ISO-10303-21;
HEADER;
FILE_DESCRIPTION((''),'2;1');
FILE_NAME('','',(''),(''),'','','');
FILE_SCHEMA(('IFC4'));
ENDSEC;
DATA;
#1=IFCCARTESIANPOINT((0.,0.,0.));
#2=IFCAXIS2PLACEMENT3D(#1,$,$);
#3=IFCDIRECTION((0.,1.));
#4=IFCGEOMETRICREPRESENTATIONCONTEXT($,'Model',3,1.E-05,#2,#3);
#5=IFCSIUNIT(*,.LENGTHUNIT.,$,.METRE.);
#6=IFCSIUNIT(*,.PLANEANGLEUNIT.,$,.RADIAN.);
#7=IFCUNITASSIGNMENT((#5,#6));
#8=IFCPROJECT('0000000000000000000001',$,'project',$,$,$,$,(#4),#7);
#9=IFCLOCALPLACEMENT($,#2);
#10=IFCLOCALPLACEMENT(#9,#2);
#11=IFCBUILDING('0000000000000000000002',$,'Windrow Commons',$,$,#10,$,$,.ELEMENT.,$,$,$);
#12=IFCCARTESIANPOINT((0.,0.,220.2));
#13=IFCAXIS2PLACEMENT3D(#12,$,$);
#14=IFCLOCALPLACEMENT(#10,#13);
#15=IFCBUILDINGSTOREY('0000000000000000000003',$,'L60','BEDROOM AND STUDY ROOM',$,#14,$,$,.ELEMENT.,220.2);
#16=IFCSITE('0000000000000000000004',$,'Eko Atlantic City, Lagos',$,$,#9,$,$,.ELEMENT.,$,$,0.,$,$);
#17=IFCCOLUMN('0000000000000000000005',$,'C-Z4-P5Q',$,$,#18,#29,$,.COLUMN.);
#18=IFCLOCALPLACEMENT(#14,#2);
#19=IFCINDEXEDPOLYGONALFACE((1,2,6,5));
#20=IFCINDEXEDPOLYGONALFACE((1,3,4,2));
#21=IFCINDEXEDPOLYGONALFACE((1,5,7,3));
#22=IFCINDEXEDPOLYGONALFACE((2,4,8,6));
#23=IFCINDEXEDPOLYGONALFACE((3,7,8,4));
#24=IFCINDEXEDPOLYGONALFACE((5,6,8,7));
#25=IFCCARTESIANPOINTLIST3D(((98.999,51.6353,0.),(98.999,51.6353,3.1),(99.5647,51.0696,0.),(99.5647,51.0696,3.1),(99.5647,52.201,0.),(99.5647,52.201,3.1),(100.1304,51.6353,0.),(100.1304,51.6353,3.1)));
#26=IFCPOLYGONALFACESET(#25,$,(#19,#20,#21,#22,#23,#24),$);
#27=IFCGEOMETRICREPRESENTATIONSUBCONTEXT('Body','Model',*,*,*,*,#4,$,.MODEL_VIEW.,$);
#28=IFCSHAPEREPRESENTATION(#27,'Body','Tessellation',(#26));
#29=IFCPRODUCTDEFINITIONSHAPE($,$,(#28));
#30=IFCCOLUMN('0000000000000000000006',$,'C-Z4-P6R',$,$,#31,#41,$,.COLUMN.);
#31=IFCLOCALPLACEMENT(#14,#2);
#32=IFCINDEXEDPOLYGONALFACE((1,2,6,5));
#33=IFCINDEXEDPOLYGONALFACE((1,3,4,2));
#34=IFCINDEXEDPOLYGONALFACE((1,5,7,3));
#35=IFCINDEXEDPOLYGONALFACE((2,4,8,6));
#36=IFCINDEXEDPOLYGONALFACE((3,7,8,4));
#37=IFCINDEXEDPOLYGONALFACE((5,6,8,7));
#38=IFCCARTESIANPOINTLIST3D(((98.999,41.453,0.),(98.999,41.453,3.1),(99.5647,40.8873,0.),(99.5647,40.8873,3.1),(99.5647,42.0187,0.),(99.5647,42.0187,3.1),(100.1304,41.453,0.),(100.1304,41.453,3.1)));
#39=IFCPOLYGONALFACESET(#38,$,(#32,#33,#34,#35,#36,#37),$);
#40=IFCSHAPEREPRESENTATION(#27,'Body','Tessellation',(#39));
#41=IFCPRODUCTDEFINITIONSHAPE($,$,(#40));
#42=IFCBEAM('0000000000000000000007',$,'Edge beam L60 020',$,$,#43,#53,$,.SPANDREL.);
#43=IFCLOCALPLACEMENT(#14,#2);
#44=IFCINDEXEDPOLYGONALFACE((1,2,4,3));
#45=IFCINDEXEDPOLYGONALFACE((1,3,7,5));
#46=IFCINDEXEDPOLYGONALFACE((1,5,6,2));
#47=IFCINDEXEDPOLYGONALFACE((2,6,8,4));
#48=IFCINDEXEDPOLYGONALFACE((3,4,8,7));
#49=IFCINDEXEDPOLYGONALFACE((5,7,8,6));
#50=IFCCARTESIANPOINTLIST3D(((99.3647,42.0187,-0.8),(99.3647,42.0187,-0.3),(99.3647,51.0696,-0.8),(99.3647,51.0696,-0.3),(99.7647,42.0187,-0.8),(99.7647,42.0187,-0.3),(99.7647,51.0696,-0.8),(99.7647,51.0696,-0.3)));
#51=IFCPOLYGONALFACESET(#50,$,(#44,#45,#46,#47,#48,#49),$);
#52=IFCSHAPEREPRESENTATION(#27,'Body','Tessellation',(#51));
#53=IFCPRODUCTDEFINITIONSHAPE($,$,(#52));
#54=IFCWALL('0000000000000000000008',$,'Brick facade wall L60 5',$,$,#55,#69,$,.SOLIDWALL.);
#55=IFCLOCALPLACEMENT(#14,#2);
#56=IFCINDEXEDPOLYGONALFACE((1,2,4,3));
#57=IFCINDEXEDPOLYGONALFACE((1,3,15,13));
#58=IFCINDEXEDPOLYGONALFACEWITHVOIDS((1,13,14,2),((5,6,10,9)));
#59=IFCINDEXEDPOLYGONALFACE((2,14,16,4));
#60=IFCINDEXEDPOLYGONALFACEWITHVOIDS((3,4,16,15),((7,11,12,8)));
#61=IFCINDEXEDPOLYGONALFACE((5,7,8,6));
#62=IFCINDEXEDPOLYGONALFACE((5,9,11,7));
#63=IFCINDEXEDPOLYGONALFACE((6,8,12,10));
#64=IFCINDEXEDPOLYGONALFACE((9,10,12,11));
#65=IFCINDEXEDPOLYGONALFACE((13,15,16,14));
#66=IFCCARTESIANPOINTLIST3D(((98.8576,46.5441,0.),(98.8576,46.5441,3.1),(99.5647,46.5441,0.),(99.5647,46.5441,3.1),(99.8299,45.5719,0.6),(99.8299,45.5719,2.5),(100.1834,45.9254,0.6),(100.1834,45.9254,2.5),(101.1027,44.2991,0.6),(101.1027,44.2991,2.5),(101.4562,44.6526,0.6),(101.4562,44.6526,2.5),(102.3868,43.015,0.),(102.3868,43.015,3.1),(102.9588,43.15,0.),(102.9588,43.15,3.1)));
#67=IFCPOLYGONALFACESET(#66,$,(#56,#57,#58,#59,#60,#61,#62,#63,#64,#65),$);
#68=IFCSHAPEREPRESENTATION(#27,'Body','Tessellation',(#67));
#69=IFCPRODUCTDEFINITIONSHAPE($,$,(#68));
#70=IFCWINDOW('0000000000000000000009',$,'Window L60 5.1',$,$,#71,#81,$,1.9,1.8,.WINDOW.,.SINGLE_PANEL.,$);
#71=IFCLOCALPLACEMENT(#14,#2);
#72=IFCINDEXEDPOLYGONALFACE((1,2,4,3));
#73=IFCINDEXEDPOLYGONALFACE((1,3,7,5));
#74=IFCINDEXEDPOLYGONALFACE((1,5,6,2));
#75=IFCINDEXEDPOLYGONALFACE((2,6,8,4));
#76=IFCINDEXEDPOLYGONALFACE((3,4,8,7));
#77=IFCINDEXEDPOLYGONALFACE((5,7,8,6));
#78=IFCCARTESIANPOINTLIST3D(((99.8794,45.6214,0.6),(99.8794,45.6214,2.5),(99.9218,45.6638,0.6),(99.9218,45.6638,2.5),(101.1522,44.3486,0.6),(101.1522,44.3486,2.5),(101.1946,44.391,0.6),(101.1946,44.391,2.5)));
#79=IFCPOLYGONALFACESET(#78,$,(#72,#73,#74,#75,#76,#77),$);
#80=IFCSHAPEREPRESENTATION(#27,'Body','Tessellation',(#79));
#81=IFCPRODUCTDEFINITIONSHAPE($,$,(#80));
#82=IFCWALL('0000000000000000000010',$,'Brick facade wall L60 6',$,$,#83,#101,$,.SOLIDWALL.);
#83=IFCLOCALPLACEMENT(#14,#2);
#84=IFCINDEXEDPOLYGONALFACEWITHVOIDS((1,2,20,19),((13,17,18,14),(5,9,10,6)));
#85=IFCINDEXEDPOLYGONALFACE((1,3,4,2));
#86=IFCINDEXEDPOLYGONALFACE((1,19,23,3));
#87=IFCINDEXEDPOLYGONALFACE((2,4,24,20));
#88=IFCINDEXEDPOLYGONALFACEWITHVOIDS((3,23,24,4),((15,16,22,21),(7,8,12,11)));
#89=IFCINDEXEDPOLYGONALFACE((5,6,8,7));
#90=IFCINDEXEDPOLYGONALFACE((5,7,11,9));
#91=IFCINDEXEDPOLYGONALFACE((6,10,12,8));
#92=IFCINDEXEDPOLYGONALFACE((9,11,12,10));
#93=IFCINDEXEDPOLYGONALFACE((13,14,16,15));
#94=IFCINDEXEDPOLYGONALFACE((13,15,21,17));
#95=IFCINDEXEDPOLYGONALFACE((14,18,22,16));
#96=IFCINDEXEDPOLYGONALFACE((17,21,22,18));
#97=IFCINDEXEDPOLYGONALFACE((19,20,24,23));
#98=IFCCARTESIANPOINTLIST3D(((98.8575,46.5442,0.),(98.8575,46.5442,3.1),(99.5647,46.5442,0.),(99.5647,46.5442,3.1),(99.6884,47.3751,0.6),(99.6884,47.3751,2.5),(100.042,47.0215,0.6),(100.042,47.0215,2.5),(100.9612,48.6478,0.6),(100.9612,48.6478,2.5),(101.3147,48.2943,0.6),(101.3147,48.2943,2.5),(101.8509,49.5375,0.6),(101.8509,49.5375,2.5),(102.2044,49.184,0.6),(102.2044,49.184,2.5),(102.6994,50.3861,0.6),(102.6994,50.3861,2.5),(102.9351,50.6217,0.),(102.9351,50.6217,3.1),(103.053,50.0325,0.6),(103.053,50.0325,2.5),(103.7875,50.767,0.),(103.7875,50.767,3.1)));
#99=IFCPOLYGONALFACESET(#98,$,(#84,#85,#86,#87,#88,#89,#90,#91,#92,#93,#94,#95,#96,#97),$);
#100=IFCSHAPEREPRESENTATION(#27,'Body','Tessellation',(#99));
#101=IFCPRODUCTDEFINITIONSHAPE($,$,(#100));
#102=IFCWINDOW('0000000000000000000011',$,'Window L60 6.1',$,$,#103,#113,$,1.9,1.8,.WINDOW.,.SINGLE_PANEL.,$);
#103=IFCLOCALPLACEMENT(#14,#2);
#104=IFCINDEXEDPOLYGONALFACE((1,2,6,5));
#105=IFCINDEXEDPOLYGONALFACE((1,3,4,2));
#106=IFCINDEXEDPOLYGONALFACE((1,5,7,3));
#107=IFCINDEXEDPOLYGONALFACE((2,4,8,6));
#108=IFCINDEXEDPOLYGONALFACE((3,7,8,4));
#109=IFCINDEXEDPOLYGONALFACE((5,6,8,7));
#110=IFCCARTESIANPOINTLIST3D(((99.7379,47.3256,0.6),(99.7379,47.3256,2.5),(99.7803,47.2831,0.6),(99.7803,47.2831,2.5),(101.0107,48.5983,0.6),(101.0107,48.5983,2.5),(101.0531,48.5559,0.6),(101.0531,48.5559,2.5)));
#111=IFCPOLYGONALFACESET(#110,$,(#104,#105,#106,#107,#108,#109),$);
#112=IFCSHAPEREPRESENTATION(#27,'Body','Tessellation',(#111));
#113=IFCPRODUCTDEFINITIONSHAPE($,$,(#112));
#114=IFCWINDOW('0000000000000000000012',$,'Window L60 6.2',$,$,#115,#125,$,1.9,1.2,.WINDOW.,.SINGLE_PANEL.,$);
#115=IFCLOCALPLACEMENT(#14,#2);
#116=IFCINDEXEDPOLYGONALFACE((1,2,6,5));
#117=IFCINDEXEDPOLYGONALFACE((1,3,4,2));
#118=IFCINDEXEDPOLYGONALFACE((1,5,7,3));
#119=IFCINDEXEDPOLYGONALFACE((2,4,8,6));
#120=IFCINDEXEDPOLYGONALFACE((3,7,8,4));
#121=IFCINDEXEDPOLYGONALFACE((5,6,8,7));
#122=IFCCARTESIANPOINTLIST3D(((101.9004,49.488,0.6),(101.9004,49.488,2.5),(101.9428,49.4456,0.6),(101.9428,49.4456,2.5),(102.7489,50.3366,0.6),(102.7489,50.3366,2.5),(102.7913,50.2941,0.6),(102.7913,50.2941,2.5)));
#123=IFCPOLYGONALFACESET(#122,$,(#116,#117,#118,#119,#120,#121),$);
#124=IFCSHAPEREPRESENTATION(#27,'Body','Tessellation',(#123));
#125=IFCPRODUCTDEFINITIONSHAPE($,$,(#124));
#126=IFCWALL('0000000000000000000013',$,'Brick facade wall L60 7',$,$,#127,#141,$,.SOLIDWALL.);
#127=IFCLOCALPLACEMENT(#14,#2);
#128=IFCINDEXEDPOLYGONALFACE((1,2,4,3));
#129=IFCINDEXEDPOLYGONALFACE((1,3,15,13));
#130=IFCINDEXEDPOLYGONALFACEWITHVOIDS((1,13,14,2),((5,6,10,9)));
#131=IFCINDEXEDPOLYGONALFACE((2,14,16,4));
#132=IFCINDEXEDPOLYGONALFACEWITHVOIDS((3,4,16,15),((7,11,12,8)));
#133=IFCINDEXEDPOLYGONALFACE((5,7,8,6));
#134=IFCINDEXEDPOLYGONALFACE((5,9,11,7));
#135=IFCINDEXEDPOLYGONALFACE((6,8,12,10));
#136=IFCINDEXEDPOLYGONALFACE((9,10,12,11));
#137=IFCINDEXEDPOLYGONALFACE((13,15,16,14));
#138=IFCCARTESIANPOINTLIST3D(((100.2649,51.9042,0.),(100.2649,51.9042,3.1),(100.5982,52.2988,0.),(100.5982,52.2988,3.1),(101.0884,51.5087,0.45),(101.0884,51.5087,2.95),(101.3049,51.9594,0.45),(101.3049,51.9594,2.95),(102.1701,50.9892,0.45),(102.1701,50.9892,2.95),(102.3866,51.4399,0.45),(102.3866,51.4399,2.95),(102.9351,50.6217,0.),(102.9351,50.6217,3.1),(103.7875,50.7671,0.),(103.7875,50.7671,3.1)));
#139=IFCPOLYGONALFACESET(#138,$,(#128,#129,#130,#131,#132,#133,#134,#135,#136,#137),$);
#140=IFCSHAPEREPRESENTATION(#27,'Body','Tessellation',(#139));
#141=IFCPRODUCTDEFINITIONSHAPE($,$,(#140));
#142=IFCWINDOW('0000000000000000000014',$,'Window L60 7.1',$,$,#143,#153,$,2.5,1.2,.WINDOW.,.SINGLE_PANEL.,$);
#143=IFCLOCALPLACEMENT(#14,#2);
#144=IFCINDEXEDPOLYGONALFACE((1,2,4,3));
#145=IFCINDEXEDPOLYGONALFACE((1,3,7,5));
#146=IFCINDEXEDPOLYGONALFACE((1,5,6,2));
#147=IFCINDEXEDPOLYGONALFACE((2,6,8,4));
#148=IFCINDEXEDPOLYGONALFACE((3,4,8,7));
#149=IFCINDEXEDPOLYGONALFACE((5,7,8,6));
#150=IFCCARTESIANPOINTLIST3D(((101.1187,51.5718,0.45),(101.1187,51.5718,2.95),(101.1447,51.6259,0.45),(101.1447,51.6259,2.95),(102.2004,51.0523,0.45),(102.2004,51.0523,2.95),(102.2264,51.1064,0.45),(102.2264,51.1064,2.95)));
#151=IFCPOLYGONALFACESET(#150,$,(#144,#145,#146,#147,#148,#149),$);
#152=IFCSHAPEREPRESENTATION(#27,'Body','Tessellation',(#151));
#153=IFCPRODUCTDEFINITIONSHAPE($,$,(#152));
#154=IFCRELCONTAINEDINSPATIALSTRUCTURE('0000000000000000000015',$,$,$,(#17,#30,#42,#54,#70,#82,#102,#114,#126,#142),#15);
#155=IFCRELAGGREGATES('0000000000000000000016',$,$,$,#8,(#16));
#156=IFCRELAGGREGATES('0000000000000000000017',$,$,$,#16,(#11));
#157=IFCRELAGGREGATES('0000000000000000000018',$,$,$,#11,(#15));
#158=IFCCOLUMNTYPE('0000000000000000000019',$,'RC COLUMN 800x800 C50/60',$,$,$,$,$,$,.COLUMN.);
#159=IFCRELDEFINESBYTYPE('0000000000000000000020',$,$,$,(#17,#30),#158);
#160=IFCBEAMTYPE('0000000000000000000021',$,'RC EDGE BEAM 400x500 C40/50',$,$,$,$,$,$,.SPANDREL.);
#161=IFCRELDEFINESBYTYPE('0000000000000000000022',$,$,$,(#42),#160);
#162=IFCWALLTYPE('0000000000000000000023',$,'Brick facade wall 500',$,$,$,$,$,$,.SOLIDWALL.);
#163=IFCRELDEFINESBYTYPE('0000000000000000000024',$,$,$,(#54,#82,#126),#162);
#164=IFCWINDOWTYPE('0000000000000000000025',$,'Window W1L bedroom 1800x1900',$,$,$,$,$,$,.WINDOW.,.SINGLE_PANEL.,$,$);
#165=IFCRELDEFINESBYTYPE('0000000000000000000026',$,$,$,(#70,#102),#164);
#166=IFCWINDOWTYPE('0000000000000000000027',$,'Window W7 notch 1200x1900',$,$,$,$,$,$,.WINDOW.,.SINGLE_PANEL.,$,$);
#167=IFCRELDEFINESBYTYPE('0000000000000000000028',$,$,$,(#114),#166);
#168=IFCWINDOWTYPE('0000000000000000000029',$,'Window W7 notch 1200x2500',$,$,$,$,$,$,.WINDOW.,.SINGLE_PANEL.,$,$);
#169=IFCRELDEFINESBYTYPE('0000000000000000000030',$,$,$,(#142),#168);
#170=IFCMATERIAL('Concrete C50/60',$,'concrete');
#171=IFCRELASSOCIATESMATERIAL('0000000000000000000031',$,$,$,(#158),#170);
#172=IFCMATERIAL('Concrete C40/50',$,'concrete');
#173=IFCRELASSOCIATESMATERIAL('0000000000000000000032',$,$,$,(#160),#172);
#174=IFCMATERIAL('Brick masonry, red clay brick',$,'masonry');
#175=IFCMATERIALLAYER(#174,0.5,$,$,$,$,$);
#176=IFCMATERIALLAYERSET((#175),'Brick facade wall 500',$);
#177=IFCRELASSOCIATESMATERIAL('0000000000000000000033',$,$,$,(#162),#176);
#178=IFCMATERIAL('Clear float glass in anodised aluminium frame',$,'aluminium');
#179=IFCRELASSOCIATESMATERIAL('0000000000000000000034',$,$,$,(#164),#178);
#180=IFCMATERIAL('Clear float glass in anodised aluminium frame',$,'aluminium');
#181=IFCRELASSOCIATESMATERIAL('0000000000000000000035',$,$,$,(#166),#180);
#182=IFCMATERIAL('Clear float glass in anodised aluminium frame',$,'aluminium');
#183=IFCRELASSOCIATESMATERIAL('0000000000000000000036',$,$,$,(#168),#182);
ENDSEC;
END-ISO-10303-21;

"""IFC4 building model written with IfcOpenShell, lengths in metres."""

from ifc_helpers import new_model, si_unit, direction, frame, frame_2d, origin, origin_2d, place, context, subcontext, project, spatial, polyline, rectangle, outline, extrude, material, layer, layer_set, material_profile, profile_set, type_object, element, fill, save


model = new_model("IFC4")

# Units and contexts
model_context = context("Model", 3, precision=1e-05, world=origin(), true_north=direction((0.0, 1.0)))
body_context = subcontext(model_context, "Body", "Model", "MODEL_VIEW")
ifc_project = project(units=[si_unit("LENGTHUNIT", "METRE"), si_unit("PLANEANGLEUNIT", "RADIAN")], contexts=[model_context])

# Site, building, storey
site_placement = place(None, origin())
site = spatial("IfcSite", under=ifc_project, at=site_placement, Name="Eko Atlantic City, Lagos", CompositionType="ELEMENT", RefElevation=0.0)
building_placement = place(site_placement, origin())
building = spatial("IfcBuilding", under=site, at=building_placement, Name="Windrow Commons", CompositionType="ELEMENT")
storey_placement = place(building_placement, frame((0.0, 0.0, 220.2)))
storey = spatial("IfcBuildingStorey", under=building, at=storey_placement, Name="L60", Description="BEDROOM AND STUDY ROOM", CompositionType="ELEMENT", Elevation=220.2)

# Columns
ifc_material_1 = material(Name="Concrete C50/60", Category="concrete")
ifc_material_profile_1 = material_profile(ifc_material_1, rectangle(XDim=0.8, YDim=0.8, at=origin_2d()))
ifc_profile_set_1 = profile_set([ifc_material_profile_1], Name="Concrete C50/60")
column_type = type_object("IfcColumnType", Name="RC COLUMN 800x800 C50/60", PredefinedType="COLUMN", material=ifc_profile_set_1)
for number, where, z_axis, x_axis, name in (
    (1, (99.5647, 51.6353, 0.0), (0.0, 0.0, 1.0), (0.707107, -0.707107, 0.0), "C-Z4-P5Q"),
    (2, (99.5647, 41.453, 0.0), (0.0, 0.0, 1.0), (0.707107, -0.707107, 0.0), "C-Z4-P6R"),
):
    element("IfcColumn", number, at=place(storey_placement, frame(where, z_axis=z_axis, x_axis=x_axis)), inside=storey, type_object=column_type, Name=name, PredefinedType="COLUMN", context=body_context, shape_type="SweptSolid", body=[
        extrude(rectangle(XDim=0.8, YDim=0.8, at=origin_2d()), origin(), (0.0, 0.0, 1.0), 3.1),
    ])

# Beam
ifc_material_2 = material(Name="Concrete C40/50", Category="concrete")
ifc_material_profile_2 = material_profile(ifc_material_2, rectangle(XDim=0.4, YDim=0.5, at=origin_2d()))
ifc_profile_set_2 = profile_set([ifc_material_profile_2], Name="Concrete C40/50")
beam_type = type_object("IfcBeamType", Name="RC EDGE BEAM 400x500 C40/50", PredefinedType="SPANDREL", material=ifc_profile_set_2)
beam_placement = place(storey_placement, frame((99.5647, 51.0696, -0.55), z_axis=(0.0, -1.0, 0.0), x_axis=(1.0, 0.0, 0.0)))
element("IfcBeam", 3, at=beam_placement, inside=storey, type_object=beam_type, Name="Edge beam L60 020", PredefinedType="SPANDREL", context=body_context, shape_type="SweptSolid", body=[
    extrude(rectangle(XDim=0.4, YDim=0.5, at=origin_2d()), origin(), (0.0, 0.0, 1.0), 9.0509),
])

# Wall, opening, window
ifc_material_3 = material(Name="Brick masonry, red clay brick", Category="masonry")
ifc_layer_1 = layer(ifc_material_3, 0.5)
ifc_layer_set_1 = layer_set([ifc_layer_1], Name="Brick facade wall 500")
wall_type_1 = type_object("IfcWallType", Name="Brick facade wall 500", PredefinedType="SOLIDWALL", material=ifc_layer_set_1)
wall_1_placement = place(storey_placement, frame((102.6728, 43.0825, 0.0), z_axis=(0.0, 0.0, 1.0), x_axis=(-0.707107, 0.707107, 0.0)))
wall_1 = element("IfcWall", 4, at=wall_1_placement, inside=storey, type_object=wall_type_1, Name="Brick facade wall L60 5", PredefinedType="SOLIDWALL", context=body_context, shape_type="SweptSolid", body=[
    extrude(outline(polyline([(-0.1545, -0.25), (4.6455, -0.25), (5.1455, 0.25), (0.1545, 0.25), (-0.1545, -0.25)])), origin(), (0.0, 0.0, 1.0), 3.1),
])
opening_1_placement = place(wall_1_placement, frame((1.9705, 0.0, 0.6)))
opening_1 = element("IfcOpeningElement", 5, at=opening_1_placement, cuts=wall_1, PredefinedType="OPENING", context=body_context, shape_type="SweptSolid", body=[
    extrude(rectangle(XDim=1.8, YDim=1.9, at=frame_2d((0.9, 0.95))), frame((0.0, 0.26, 0.0), z_axis=(0.0, -1.0, 0.0), x_axis=(1.0, 0.0, 0.0)), (0.0, 0.0, 1.0), 0.52),
])
ifc_material_4 = material(Name="Clear float glass in anodised aluminium frame", Category="aluminium")
window_type_1 = type_object("IfcWindowType", Name="Window W1L bedroom 1800x1900", PartitioningType="SINGLE_PANEL", PredefinedType="WINDOW", material=ifc_material_4)
window_1_placement = place(opening_1_placement, origin())
window_1 = element("IfcWindow", 6, at=window_1_placement, inside=storey, type_object=window_type_1, Name="Window L60 5.1", OverallHeight=1.9, OverallWidth=1.8, PartitioningType="SINGLE_PANEL", PredefinedType="WINDOW", context=body_context, shape_type="SweptSolid", body=[
    extrude(rectangle(XDim=1.8, YDim=1.9, at=frame_2d((0.9, 0.95))), frame((0.0, 0.18, 0.0), z_axis=(0.0, -1.0, 0.0), x_axis=(1.0, 0.0, 0.0)), (0.0, 0.0, 1.0), 0.06),
])
fill(opening_1, window_1)

# Wall, openings, windows
wall_2_placement = place(storey_placement, frame((99.2111, 46.5442, 0.0), z_axis=(0.0, 0.0, 1.0), x_axis=(0.707107, 0.707107, 0.0)))
wall_2 = element("IfcWall", 7, at=wall_2_placement, inside=storey, type_object=wall_type_1, Name="Brick facade wall L60 6", PredefinedType="SOLIDWALL", context=body_context, shape_type="SweptSolid", body=[
    extrude(outline(polyline([(0.25, -0.25), (6.222, -0.25), (5.5165, 0.25), (-0.25, 0.25), (0.25, -0.25)])), origin(), (0.0, 0.0, 1.0), 3.1),
])
opening_2_placement = place(wall_2_placement, frame((0.925, 0.0, 0.6)))
opening_2 = element("IfcOpeningElement", 8, at=opening_2_placement, cuts=wall_2, PredefinedType="OPENING", context=body_context, shape_type="SweptSolid", body=[
    extrude(rectangle(XDim=1.8, YDim=1.9, at=frame_2d((0.9, 0.95))), frame((0.0, 0.26, 0.0), z_axis=(0.0, -1.0, 0.0), x_axis=(1.0, 0.0, 0.0)), (0.0, 0.0, 1.0), 0.52),
])
opening_3_placement = place(wall_2_placement, frame((3.9832, 0.0, 0.6)))
opening_3 = element("IfcOpeningElement", 9, at=opening_3_placement, cuts=wall_2, PredefinedType="OPENING", context=body_context, shape_type="SweptSolid", body=[
    extrude(rectangle(XDim=1.2, YDim=1.9, at=frame_2d((0.6, 0.95))), frame((0.0, 0.26, 0.0), z_axis=(0.0, -1.0, 0.0), x_axis=(1.0, 0.0, 0.0)), (0.0, 0.0, 1.0), 0.52),
])
window_2_placement = place(opening_2_placement, origin())
window_2 = element("IfcWindow", 10, at=window_2_placement, inside=storey, type_object=window_type_1, Name="Window L60 6.1", OverallHeight=1.9, OverallWidth=1.8, PartitioningType="SINGLE_PANEL", PredefinedType="WINDOW", context=body_context, shape_type="SweptSolid", body=[
    extrude(rectangle(XDim=1.8, YDim=1.9, at=frame_2d((0.9, 0.95))), frame((0.0, 0.18, 0.0), z_axis=(0.0, -1.0, 0.0), x_axis=(1.0, 0.0, 0.0)), (0.0, 0.0, 1.0), 0.06),
])
fill(opening_2, window_2)
ifc_material_5 = material(Name="Clear float glass in anodised aluminium frame", Category="aluminium")
window_type_2 = type_object("IfcWindowType", Name="Window W7 notch 1200x1900", PartitioningType="SINGLE_PANEL", PredefinedType="WINDOW", material=ifc_material_5)
window_3_placement = place(opening_3_placement, origin())
window_3 = element("IfcWindow", 11, at=window_3_placement, inside=storey, type_object=window_type_2, Name="Window L60 6.2", OverallHeight=1.9, OverallWidth=1.2, PartitioningType="SINGLE_PANEL", PredefinedType="WINDOW", context=body_context, shape_type="SweptSolid", body=[
    extrude(rectangle(XDim=1.2, YDim=1.9, at=frame_2d((0.6, 0.95))), frame((0.0, 0.18, 0.0), z_axis=(0.0, -1.0, 0.0), x_axis=(1.0, 0.0, 0.0)), (0.0, 0.0, 1.0), 0.06),
])
fill(opening_3, window_3)

# Wall, opening, window
wall_3_placement = place(storey_placement, frame((103.3613, 50.6944, 0.0), z_axis=(0.0, 0.0, 1.0), x_axis=(-0.901422, 0.432942, 0.0)))
wall_3 = element("IfcWall", 12, at=wall_3_placement, inside=storey, type_object=wall_type_1, Name="Brick facade wall L60 7", PredefinedType="SOLIDWALL", context=body_context, shape_type="SweptSolid", body=[
    extrude(outline(polyline([(-0.3527, -0.25), (3.1853, -0.25), (3.3149, 0.25), (0.3527, 0.25), (-0.3527, -0.25)])), origin(), (0.0, 0.0, 1.0), 3.1),
])
opening_4_placement = place(wall_3_placement, frame((1.2014, 0.0, 0.45)))
opening_4 = element("IfcOpeningElement", 13, at=opening_4_placement, cuts=wall_3, PredefinedType="OPENING", context=body_context, shape_type="SweptSolid", body=[
    extrude(rectangle(XDim=1.2, YDim=2.5, at=frame_2d((0.6, 1.25))), frame((0.0, 0.26, 0.0), z_axis=(0.0, -1.0, 0.0), x_axis=(1.0, 0.0, 0.0)), (0.0, 0.0, 1.0), 0.52),
])
ifc_material_6 = material(Name="Clear float glass in anodised aluminium frame", Category="aluminium")
window_type_3 = type_object("IfcWindowType", Name="Window W7 notch 1200x2500", PartitioningType="SINGLE_PANEL", PredefinedType="WINDOW", material=ifc_material_6)
window_4_placement = place(opening_4_placement, origin())
window_4 = element("IfcWindow", 14, at=window_4_placement, inside=storey, type_object=window_type_3, Name="Window L60 7.1", OverallHeight=2.5, OverallWidth=1.2, PartitioningType="SINGLE_PANEL", PredefinedType="WINDOW", context=body_context, shape_type="SweptSolid", body=[
    extrude(rectangle(XDim=1.2, YDim=2.5, at=frame_2d((0.6, 1.25))), frame((0.0, 0.18, 0.0), z_axis=(0.0, -1.0, 0.0), x_axis=(1.0, 0.0, 0.0)), (0.0, 0.0, 1.0), 0.06),
])
fill(opening_4, window_4)

save(model, "model.ifc")
